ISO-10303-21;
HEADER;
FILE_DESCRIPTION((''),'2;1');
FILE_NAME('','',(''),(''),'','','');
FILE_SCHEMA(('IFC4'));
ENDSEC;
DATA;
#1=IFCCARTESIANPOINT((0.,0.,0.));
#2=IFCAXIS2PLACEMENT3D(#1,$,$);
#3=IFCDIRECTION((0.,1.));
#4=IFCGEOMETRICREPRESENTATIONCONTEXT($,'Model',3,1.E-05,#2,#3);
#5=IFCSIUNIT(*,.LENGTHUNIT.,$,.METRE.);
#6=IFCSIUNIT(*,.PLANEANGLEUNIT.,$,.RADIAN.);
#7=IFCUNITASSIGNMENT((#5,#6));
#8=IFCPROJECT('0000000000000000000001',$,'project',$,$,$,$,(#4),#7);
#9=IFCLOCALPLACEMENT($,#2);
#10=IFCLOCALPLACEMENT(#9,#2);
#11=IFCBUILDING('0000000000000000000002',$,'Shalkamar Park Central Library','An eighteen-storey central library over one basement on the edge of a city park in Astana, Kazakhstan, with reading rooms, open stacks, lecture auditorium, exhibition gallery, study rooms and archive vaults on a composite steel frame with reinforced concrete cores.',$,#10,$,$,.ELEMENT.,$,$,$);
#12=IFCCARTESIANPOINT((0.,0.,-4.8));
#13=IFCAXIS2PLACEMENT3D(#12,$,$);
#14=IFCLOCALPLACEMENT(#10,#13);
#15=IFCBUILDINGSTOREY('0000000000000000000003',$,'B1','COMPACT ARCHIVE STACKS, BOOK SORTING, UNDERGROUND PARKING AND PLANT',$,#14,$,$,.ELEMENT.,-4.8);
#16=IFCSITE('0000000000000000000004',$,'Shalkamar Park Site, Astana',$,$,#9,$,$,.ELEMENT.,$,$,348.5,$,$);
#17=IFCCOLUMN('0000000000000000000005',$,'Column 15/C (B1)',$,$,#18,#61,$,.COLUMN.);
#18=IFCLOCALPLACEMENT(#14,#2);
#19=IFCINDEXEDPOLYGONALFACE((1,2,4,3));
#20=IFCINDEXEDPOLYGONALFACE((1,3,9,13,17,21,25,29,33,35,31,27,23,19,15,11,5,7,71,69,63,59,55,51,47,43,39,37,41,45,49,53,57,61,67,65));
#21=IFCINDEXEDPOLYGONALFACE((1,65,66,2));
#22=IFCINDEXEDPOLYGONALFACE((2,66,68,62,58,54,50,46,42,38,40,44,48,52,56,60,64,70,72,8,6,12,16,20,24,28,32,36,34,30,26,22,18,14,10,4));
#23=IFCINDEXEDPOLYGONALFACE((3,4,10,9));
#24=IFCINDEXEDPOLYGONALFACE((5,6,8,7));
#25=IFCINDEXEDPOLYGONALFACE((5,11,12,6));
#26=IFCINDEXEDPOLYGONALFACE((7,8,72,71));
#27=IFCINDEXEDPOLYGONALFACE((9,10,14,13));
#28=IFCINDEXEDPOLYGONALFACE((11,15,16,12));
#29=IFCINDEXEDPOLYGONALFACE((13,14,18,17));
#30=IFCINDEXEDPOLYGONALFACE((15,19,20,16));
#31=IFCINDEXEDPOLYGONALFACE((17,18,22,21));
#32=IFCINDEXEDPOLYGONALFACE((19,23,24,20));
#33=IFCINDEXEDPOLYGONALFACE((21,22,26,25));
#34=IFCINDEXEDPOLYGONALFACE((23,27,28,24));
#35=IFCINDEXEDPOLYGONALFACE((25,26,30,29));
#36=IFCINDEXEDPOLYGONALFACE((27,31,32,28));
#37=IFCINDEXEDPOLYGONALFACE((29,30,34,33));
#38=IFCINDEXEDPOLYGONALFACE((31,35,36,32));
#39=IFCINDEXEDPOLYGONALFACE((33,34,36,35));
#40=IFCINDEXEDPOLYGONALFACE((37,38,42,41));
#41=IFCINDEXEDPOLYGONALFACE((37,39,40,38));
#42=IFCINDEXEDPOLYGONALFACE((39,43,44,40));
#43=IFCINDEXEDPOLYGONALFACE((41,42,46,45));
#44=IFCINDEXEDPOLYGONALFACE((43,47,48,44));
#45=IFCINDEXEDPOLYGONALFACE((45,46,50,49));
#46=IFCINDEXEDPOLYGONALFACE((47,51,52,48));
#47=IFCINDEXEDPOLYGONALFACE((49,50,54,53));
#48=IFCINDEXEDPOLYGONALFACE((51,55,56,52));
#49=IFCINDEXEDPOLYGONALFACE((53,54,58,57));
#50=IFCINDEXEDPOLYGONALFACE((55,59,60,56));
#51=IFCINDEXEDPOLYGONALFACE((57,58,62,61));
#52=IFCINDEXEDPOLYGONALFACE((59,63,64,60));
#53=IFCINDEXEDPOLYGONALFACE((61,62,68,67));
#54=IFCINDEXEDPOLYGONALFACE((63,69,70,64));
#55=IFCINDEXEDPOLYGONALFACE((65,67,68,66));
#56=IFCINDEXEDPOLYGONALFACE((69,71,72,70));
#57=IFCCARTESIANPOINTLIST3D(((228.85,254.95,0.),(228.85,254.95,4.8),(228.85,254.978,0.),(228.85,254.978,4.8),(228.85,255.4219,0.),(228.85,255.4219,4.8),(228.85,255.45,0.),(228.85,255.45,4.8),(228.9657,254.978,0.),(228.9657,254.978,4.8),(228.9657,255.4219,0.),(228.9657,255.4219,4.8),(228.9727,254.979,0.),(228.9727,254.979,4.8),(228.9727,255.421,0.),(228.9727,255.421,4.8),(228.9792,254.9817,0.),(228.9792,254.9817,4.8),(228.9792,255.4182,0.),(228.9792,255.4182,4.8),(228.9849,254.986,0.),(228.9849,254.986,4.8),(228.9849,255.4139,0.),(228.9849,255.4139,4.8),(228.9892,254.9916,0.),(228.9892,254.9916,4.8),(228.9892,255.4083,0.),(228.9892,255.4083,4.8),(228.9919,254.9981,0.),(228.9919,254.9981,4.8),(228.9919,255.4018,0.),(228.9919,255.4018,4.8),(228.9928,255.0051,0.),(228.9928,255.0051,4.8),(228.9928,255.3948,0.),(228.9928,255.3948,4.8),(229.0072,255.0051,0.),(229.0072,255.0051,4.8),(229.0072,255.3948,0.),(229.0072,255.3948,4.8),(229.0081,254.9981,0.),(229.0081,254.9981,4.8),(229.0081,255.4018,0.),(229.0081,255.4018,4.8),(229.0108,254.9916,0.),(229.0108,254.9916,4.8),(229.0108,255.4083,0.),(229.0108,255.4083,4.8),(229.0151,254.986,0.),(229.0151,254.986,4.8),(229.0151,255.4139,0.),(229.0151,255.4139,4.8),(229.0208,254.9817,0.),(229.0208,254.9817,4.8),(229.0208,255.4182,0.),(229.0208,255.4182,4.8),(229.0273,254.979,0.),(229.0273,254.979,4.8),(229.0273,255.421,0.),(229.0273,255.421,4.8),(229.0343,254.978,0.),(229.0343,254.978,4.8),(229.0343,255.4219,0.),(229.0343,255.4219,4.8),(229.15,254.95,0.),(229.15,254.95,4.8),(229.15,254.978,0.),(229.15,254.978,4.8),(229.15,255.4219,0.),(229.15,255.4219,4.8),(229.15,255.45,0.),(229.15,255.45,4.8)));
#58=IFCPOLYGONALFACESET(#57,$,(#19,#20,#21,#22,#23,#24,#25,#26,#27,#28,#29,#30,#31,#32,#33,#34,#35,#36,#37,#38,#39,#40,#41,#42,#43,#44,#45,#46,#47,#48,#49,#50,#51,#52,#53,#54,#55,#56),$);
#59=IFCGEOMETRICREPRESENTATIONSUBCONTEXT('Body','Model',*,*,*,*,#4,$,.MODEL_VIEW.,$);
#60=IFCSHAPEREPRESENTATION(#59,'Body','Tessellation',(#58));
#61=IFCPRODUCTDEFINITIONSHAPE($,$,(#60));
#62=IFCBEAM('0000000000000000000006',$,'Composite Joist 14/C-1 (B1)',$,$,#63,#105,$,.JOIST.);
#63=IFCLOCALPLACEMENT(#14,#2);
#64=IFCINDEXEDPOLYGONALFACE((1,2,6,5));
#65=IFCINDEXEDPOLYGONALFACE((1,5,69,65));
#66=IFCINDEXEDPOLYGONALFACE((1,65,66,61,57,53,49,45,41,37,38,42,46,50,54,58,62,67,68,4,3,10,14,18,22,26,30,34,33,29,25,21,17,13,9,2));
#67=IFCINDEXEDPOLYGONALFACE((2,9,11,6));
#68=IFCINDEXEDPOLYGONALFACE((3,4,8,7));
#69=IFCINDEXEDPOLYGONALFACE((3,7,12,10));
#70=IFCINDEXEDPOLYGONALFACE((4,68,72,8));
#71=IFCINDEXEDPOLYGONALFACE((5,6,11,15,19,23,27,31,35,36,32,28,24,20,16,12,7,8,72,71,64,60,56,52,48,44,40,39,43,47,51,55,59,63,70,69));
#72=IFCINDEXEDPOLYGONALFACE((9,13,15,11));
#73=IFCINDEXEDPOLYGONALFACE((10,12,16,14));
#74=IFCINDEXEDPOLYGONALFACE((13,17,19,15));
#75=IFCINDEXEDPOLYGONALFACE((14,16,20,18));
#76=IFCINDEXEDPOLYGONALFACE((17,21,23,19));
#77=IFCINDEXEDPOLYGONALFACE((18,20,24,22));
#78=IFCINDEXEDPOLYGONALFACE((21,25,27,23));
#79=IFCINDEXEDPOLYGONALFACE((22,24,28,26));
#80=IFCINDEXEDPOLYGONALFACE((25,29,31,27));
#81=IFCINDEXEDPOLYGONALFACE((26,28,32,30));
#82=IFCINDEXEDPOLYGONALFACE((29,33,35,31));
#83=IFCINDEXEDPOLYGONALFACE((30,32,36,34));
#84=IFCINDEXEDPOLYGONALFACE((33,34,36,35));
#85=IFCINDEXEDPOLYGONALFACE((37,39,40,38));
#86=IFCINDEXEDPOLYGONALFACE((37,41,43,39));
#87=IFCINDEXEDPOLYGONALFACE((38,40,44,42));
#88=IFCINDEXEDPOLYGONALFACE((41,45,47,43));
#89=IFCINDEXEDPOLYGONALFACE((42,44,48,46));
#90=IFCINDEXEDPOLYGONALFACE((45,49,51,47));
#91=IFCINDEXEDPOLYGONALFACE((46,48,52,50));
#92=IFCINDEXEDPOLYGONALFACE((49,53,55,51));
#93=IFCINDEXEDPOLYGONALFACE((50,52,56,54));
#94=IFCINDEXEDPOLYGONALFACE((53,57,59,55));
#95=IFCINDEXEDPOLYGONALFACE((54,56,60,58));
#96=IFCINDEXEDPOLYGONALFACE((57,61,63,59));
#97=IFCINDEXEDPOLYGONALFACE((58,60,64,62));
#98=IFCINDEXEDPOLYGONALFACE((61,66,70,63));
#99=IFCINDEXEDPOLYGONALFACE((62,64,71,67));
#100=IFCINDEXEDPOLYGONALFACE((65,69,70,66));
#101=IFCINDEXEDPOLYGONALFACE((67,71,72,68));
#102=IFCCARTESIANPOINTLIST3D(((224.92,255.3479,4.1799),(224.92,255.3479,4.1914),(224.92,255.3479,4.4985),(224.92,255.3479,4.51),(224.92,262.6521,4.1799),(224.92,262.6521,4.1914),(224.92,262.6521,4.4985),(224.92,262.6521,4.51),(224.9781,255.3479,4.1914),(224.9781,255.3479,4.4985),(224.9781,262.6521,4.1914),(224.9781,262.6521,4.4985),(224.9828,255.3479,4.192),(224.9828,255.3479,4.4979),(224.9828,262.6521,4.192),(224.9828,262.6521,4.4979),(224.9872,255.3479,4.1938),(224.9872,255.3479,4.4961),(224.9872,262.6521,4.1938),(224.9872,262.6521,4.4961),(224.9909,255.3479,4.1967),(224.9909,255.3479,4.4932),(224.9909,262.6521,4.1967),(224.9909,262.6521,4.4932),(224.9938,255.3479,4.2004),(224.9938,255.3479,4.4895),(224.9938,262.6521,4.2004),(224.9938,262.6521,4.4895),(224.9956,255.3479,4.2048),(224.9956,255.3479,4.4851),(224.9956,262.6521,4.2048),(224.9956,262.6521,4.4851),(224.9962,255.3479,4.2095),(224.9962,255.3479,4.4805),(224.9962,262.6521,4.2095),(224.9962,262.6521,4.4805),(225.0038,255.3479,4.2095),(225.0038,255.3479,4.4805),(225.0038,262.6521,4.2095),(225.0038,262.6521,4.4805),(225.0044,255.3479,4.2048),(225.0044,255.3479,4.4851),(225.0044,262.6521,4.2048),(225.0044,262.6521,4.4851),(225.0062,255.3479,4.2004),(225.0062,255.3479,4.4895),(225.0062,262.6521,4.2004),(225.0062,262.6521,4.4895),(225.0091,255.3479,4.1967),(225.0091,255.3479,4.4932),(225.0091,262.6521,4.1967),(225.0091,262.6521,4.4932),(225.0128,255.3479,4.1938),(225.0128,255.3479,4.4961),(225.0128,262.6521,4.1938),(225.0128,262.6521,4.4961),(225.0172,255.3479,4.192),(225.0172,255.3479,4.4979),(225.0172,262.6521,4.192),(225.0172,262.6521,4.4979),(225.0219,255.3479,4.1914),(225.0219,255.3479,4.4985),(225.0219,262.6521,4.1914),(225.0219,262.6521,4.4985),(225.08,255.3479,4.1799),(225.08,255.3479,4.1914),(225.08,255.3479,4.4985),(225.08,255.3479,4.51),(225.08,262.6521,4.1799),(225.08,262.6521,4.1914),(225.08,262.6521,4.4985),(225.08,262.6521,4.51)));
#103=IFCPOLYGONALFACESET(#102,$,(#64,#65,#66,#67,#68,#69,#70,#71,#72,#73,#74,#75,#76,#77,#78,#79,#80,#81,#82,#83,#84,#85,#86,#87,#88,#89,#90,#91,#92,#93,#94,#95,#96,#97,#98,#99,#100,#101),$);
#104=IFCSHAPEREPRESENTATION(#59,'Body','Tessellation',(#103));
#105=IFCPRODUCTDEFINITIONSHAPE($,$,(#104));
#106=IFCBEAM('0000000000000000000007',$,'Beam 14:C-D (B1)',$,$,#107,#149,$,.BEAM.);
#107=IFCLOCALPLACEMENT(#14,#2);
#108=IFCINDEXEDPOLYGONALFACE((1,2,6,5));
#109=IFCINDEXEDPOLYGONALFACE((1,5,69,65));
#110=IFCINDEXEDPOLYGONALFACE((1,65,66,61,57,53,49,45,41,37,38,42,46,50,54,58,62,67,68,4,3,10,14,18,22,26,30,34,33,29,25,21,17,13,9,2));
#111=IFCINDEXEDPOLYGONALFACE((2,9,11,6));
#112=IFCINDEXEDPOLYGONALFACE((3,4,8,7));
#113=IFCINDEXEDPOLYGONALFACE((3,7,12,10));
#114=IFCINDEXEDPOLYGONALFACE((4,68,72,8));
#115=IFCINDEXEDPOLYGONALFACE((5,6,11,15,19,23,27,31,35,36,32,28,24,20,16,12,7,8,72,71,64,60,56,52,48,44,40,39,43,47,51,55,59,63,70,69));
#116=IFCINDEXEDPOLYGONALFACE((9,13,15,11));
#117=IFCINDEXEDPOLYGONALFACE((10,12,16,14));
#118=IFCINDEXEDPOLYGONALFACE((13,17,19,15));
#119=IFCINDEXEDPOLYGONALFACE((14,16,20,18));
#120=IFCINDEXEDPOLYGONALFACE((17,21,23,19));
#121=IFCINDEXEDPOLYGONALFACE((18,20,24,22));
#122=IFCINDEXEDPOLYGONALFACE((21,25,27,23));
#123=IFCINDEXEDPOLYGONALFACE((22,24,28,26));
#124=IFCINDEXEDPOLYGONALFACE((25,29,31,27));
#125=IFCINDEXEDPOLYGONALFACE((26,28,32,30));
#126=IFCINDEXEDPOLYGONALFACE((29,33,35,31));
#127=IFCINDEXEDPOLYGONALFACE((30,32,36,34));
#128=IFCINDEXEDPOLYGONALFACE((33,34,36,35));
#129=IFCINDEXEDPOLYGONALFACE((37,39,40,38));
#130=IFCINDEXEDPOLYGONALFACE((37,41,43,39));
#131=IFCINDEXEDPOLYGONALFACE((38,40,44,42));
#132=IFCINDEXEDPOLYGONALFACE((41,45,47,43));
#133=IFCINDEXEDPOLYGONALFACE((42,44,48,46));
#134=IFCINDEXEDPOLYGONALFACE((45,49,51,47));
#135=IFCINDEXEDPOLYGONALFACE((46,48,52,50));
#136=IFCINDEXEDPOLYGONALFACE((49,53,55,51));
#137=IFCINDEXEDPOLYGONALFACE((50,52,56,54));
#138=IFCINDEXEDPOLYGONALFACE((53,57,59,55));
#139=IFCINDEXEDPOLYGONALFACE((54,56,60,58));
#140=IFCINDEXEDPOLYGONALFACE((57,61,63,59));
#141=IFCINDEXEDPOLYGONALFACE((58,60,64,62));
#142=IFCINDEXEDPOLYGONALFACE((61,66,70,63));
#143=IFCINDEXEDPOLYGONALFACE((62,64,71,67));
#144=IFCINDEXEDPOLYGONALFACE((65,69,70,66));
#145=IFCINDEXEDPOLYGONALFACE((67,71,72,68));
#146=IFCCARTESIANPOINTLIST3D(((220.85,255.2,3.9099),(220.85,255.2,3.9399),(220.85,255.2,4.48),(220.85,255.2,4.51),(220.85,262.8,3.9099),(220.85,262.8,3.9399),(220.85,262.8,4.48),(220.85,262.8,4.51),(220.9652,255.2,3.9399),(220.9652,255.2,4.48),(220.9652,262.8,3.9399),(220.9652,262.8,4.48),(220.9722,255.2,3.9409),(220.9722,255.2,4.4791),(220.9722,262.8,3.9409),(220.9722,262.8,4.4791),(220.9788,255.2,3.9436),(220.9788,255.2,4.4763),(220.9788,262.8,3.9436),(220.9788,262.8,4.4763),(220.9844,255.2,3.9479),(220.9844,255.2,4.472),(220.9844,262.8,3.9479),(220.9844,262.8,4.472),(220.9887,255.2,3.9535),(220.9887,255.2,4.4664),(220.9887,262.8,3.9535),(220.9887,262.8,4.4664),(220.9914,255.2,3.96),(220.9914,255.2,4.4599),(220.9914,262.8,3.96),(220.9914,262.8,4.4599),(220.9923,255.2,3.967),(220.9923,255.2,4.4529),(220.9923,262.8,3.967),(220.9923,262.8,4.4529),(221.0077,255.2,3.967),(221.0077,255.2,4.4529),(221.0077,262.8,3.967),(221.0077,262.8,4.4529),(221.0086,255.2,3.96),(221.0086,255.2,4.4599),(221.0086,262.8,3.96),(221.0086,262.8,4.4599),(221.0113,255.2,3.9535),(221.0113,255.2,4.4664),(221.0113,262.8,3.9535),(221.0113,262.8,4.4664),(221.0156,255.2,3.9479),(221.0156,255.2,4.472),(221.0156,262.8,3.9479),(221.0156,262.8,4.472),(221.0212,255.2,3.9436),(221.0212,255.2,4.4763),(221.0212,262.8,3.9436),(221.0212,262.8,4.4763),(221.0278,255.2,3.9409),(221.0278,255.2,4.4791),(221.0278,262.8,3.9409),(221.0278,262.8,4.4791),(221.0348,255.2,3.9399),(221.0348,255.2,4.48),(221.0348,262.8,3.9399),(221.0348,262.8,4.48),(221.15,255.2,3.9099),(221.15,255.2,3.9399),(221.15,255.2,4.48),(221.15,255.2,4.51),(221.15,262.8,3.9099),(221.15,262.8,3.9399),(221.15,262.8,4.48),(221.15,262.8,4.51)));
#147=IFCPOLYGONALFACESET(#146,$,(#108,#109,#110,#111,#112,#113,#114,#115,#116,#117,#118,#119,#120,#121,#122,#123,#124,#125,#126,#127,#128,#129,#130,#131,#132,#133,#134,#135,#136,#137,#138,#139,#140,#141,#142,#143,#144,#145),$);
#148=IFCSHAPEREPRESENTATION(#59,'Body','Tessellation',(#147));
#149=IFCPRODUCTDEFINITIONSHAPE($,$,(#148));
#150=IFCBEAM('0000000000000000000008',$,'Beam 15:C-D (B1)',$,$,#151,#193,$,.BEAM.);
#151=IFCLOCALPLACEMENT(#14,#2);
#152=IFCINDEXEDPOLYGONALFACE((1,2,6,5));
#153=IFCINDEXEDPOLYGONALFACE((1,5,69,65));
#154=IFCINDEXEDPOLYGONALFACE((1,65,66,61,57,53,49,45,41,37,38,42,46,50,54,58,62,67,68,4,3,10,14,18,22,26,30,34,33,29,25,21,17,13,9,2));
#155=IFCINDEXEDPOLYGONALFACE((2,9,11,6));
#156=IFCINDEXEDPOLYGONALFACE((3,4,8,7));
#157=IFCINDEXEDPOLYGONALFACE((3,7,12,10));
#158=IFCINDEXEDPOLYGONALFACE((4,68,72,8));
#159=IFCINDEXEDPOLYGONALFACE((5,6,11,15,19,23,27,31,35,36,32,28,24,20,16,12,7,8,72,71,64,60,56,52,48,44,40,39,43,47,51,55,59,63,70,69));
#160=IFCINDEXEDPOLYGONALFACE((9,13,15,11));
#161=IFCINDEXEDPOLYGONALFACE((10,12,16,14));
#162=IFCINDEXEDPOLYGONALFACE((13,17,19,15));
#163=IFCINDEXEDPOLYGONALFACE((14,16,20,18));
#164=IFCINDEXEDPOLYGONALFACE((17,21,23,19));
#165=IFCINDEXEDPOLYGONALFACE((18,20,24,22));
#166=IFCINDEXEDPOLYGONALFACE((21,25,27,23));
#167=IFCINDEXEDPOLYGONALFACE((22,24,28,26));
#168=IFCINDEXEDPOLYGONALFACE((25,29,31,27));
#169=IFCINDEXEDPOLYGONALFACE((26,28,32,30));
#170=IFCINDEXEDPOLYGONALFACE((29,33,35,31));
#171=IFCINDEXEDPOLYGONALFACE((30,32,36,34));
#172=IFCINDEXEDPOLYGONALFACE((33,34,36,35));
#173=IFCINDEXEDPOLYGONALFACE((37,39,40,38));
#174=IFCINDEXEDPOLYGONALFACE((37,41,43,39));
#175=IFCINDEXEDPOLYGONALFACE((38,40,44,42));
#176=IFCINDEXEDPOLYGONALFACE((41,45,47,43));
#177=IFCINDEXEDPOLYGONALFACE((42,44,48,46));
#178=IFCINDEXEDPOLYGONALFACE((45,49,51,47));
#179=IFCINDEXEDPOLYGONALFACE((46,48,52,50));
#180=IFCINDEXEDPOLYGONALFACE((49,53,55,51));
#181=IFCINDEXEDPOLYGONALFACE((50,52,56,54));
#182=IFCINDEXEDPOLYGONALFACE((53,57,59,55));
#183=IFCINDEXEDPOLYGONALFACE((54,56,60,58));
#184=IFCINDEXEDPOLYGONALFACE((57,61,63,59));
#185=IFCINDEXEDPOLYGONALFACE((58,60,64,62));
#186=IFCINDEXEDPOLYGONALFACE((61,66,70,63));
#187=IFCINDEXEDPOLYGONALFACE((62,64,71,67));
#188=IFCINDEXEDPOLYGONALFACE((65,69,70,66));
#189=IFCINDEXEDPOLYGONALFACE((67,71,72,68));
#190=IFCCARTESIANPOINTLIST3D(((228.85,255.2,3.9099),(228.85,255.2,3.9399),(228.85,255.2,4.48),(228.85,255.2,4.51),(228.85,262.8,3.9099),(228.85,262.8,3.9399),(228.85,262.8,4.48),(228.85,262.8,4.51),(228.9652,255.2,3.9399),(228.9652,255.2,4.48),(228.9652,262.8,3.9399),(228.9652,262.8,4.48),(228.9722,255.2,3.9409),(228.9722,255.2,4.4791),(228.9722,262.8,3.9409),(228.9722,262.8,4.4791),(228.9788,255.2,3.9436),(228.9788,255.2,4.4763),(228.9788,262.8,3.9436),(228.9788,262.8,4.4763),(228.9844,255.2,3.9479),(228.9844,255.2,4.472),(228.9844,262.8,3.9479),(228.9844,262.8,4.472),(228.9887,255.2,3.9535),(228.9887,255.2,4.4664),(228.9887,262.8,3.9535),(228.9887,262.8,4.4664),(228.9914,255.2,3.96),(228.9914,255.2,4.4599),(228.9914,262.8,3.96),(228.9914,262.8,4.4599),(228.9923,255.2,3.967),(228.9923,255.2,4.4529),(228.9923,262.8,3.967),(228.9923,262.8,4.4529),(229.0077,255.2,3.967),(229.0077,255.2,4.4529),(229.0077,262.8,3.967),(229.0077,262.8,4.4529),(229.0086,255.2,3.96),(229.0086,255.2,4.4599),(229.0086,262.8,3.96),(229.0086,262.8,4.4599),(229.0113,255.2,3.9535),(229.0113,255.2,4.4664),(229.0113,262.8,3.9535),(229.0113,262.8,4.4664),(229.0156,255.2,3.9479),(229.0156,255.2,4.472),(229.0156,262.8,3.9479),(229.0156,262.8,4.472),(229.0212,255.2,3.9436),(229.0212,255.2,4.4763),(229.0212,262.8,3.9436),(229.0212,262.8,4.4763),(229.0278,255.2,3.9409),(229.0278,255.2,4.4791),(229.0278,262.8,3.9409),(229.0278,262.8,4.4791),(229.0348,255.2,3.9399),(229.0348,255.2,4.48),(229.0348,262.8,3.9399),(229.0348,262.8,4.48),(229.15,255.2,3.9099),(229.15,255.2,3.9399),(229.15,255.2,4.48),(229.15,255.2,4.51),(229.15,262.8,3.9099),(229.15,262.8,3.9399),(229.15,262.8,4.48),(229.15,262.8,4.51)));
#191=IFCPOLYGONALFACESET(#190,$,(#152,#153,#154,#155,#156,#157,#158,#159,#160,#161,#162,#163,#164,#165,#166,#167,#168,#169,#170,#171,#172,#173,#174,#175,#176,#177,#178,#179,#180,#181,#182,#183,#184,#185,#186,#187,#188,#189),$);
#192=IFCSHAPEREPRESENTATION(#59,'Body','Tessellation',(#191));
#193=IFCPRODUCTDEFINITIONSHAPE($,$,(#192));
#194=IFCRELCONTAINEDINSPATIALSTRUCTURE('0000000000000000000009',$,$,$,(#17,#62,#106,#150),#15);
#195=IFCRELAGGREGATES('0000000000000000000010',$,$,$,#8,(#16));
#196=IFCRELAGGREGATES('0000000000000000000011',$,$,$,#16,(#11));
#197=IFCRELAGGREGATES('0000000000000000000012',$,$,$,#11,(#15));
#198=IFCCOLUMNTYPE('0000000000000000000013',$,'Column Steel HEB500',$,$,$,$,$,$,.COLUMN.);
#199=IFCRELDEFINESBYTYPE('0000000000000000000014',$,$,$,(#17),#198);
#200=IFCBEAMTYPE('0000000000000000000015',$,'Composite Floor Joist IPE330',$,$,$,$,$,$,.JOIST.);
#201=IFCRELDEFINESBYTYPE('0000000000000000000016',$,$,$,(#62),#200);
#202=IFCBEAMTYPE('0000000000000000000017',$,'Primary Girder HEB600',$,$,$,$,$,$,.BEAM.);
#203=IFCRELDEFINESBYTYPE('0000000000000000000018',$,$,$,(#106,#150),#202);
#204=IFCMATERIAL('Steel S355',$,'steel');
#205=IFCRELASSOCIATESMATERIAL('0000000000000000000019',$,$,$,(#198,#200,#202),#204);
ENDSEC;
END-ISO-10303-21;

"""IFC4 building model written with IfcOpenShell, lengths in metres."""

from ifc_helpers import new_model, si_unit, direction, frame, origin, origin_2d, place, context, subcontext, project, spatial, i_section, extrude, material, material_profile, profile_set, type_object, element, save


model = new_model("IFC4")

# Units and contexts
model_context = context("Model", 3, precision=1e-05, world=origin(), true_north=direction((0.0, 1.0)))
body_context = subcontext(model_context, "Body", "Model", "MODEL_VIEW")
ifc_project = project(units=[si_unit("LENGTHUNIT", "METRE"), si_unit("PLANEANGLEUNIT", "RADIAN")], contexts=[model_context])

# Site, building, storey
site_placement = place(None, origin())
site = spatial("IfcSite", under=ifc_project, at=site_placement, Name="Shalkamar Park Site, Astana", CompositionType="ELEMENT", RefElevation=348.5)
building_placement = place(site_placement, origin())
building = spatial("IfcBuilding", under=site, at=building_placement, Name="Shalkamar Park Central Library", Description="An eighteen-storey central library over one basement on the edge of a city park in Astana, Kazakhstan, with reading rooms, open stacks, lecture auditorium, exhibition gallery, study rooms and archive vaults on a composite steel frame with reinforced concrete cores.", CompositionType="ELEMENT")
storey_placement = place(building_placement, frame((0.0, 0.0, -4.8)))
storey = spatial("IfcBuildingStorey", under=building, at=storey_placement, Name="B1", Description="COMPACT ARCHIVE STACKS, BOOK SORTING, UNDERGROUND PARKING AND PLANT", CompositionType="ELEMENT", Elevation=-4.8)

# Column
ifc_material_1 = material(Name="Steel S355", Category="steel")
ifc_material_profile_1 = material_profile(ifc_material_1, i_section(OverallWidth=0.3, OverallDepth=0.5, WebThickness=0.0144, FlangeThickness=0.0281, FilletRadius=0.0271, at=origin_2d()), Name="HEB 500")
ifc_profile_set_1 = profile_set([ifc_material_profile_1], Name="Steel S355")
column_type_1 = type_object("IfcColumnType", Name="Column Steel HEB500", PredefinedType="COLUMN", material=ifc_profile_set_1)
column_1_placement = place(storey_placement, frame((229.0, 255.2, 0.0), z_axis=(0.0, 0.0, 1.0), x_axis=(1.0, 0.0, 0.0)))
element("IfcColumn", 1, at=column_1_placement, inside=storey, type_object=column_type_1, Name="Column 15/C (B1)", PredefinedType="COLUMN", context=body_context, shape_type="SweptSolid", body=[
    extrude(i_section(OverallWidth=0.3, OverallDepth=0.5, WebThickness=0.0144, FlangeThickness=0.0281, FilletRadius=0.0271, at=origin_2d()), origin(), (0.0, 0.0, 1.0), 4.8),
])

# Beams
ifc_material_profile_2 = material_profile(ifc_material_1, i_section(OverallWidth=0.1599, OverallDepth=0.3301, WebThickness=0.0076, FlangeThickness=0.0115, FilletRadius=0.0181, at=origin_2d()), Name="IPE 330")
ifc_profile_set_2 = profile_set([ifc_material_profile_2], Name="Steel S355")
beam_type_1 = type_object("IfcBeamType", Name="Composite Floor Joist IPE330", PredefinedType="JOIST", material=ifc_profile_set_2)
beam_placement = place(storey_placement, frame((225.0, 255.3479, 4.345), z_axis=(0.0, 1.0, 0.0), x_axis=(-1.0, 0.0, 0.0)))
element("IfcBeam", 2, at=beam_placement, inside=storey, type_object=beam_type_1, Name="Composite Joist 14/C-1 (B1)", PredefinedType="JOIST", context=body_context, shape_type="SweptSolid", body=[
    extrude(i_section(OverallWidth=0.1599, OverallDepth=0.3301, WebThickness=0.0076, FlangeThickness=0.0115, FilletRadius=0.0181, at=origin_2d()), origin(), (0.0, 0.0, 1.0), 7.3042),
])
ifc_material_profile_3 = material_profile(ifc_material_1, i_section(OverallWidth=0.3, OverallDepth=0.6001, WebThickness=0.0154, FlangeThickness=0.03, FilletRadius=0.0271, at=origin_2d()), Name="HEB 600")
ifc_profile_set_3 = profile_set([ifc_material_profile_3], Name="Steel S355")
beam_type_2 = type_object("IfcBeamType", Name="Primary Girder HEB600", PredefinedType="BEAM", material=ifc_profile_set_3)
for number, where, z_axis, x_axis, name in (
    (3, (221.0, 255.2, 4.21), (0.0, 1.0, 0.0), (-1.0, 0.0, 0.0), "Beam 14:C-D (B1)"),
    (4, (229.0, 255.2, 4.21), (0.0, 1.0, 0.0), (-1.0, 0.0, 0.0), "Beam 15:C-D (B1)"),
):
    element("IfcBeam", number, at=place(storey_placement, frame(where, z_axis=z_axis, x_axis=x_axis)), inside=storey, type_object=beam_type_2, Name=name, PredefinedType="BEAM", context=body_context, shape_type="SweptSolid", body=[
        extrude(i_section(OverallWidth=0.3, OverallDepth=0.6001, WebThickness=0.0154, FlangeThickness=0.03, FilletRadius=0.0271, at=origin_2d()), origin(), (0.0, 0.0, 1.0), 7.6001),
    ])

save(model, "model.ifc")
